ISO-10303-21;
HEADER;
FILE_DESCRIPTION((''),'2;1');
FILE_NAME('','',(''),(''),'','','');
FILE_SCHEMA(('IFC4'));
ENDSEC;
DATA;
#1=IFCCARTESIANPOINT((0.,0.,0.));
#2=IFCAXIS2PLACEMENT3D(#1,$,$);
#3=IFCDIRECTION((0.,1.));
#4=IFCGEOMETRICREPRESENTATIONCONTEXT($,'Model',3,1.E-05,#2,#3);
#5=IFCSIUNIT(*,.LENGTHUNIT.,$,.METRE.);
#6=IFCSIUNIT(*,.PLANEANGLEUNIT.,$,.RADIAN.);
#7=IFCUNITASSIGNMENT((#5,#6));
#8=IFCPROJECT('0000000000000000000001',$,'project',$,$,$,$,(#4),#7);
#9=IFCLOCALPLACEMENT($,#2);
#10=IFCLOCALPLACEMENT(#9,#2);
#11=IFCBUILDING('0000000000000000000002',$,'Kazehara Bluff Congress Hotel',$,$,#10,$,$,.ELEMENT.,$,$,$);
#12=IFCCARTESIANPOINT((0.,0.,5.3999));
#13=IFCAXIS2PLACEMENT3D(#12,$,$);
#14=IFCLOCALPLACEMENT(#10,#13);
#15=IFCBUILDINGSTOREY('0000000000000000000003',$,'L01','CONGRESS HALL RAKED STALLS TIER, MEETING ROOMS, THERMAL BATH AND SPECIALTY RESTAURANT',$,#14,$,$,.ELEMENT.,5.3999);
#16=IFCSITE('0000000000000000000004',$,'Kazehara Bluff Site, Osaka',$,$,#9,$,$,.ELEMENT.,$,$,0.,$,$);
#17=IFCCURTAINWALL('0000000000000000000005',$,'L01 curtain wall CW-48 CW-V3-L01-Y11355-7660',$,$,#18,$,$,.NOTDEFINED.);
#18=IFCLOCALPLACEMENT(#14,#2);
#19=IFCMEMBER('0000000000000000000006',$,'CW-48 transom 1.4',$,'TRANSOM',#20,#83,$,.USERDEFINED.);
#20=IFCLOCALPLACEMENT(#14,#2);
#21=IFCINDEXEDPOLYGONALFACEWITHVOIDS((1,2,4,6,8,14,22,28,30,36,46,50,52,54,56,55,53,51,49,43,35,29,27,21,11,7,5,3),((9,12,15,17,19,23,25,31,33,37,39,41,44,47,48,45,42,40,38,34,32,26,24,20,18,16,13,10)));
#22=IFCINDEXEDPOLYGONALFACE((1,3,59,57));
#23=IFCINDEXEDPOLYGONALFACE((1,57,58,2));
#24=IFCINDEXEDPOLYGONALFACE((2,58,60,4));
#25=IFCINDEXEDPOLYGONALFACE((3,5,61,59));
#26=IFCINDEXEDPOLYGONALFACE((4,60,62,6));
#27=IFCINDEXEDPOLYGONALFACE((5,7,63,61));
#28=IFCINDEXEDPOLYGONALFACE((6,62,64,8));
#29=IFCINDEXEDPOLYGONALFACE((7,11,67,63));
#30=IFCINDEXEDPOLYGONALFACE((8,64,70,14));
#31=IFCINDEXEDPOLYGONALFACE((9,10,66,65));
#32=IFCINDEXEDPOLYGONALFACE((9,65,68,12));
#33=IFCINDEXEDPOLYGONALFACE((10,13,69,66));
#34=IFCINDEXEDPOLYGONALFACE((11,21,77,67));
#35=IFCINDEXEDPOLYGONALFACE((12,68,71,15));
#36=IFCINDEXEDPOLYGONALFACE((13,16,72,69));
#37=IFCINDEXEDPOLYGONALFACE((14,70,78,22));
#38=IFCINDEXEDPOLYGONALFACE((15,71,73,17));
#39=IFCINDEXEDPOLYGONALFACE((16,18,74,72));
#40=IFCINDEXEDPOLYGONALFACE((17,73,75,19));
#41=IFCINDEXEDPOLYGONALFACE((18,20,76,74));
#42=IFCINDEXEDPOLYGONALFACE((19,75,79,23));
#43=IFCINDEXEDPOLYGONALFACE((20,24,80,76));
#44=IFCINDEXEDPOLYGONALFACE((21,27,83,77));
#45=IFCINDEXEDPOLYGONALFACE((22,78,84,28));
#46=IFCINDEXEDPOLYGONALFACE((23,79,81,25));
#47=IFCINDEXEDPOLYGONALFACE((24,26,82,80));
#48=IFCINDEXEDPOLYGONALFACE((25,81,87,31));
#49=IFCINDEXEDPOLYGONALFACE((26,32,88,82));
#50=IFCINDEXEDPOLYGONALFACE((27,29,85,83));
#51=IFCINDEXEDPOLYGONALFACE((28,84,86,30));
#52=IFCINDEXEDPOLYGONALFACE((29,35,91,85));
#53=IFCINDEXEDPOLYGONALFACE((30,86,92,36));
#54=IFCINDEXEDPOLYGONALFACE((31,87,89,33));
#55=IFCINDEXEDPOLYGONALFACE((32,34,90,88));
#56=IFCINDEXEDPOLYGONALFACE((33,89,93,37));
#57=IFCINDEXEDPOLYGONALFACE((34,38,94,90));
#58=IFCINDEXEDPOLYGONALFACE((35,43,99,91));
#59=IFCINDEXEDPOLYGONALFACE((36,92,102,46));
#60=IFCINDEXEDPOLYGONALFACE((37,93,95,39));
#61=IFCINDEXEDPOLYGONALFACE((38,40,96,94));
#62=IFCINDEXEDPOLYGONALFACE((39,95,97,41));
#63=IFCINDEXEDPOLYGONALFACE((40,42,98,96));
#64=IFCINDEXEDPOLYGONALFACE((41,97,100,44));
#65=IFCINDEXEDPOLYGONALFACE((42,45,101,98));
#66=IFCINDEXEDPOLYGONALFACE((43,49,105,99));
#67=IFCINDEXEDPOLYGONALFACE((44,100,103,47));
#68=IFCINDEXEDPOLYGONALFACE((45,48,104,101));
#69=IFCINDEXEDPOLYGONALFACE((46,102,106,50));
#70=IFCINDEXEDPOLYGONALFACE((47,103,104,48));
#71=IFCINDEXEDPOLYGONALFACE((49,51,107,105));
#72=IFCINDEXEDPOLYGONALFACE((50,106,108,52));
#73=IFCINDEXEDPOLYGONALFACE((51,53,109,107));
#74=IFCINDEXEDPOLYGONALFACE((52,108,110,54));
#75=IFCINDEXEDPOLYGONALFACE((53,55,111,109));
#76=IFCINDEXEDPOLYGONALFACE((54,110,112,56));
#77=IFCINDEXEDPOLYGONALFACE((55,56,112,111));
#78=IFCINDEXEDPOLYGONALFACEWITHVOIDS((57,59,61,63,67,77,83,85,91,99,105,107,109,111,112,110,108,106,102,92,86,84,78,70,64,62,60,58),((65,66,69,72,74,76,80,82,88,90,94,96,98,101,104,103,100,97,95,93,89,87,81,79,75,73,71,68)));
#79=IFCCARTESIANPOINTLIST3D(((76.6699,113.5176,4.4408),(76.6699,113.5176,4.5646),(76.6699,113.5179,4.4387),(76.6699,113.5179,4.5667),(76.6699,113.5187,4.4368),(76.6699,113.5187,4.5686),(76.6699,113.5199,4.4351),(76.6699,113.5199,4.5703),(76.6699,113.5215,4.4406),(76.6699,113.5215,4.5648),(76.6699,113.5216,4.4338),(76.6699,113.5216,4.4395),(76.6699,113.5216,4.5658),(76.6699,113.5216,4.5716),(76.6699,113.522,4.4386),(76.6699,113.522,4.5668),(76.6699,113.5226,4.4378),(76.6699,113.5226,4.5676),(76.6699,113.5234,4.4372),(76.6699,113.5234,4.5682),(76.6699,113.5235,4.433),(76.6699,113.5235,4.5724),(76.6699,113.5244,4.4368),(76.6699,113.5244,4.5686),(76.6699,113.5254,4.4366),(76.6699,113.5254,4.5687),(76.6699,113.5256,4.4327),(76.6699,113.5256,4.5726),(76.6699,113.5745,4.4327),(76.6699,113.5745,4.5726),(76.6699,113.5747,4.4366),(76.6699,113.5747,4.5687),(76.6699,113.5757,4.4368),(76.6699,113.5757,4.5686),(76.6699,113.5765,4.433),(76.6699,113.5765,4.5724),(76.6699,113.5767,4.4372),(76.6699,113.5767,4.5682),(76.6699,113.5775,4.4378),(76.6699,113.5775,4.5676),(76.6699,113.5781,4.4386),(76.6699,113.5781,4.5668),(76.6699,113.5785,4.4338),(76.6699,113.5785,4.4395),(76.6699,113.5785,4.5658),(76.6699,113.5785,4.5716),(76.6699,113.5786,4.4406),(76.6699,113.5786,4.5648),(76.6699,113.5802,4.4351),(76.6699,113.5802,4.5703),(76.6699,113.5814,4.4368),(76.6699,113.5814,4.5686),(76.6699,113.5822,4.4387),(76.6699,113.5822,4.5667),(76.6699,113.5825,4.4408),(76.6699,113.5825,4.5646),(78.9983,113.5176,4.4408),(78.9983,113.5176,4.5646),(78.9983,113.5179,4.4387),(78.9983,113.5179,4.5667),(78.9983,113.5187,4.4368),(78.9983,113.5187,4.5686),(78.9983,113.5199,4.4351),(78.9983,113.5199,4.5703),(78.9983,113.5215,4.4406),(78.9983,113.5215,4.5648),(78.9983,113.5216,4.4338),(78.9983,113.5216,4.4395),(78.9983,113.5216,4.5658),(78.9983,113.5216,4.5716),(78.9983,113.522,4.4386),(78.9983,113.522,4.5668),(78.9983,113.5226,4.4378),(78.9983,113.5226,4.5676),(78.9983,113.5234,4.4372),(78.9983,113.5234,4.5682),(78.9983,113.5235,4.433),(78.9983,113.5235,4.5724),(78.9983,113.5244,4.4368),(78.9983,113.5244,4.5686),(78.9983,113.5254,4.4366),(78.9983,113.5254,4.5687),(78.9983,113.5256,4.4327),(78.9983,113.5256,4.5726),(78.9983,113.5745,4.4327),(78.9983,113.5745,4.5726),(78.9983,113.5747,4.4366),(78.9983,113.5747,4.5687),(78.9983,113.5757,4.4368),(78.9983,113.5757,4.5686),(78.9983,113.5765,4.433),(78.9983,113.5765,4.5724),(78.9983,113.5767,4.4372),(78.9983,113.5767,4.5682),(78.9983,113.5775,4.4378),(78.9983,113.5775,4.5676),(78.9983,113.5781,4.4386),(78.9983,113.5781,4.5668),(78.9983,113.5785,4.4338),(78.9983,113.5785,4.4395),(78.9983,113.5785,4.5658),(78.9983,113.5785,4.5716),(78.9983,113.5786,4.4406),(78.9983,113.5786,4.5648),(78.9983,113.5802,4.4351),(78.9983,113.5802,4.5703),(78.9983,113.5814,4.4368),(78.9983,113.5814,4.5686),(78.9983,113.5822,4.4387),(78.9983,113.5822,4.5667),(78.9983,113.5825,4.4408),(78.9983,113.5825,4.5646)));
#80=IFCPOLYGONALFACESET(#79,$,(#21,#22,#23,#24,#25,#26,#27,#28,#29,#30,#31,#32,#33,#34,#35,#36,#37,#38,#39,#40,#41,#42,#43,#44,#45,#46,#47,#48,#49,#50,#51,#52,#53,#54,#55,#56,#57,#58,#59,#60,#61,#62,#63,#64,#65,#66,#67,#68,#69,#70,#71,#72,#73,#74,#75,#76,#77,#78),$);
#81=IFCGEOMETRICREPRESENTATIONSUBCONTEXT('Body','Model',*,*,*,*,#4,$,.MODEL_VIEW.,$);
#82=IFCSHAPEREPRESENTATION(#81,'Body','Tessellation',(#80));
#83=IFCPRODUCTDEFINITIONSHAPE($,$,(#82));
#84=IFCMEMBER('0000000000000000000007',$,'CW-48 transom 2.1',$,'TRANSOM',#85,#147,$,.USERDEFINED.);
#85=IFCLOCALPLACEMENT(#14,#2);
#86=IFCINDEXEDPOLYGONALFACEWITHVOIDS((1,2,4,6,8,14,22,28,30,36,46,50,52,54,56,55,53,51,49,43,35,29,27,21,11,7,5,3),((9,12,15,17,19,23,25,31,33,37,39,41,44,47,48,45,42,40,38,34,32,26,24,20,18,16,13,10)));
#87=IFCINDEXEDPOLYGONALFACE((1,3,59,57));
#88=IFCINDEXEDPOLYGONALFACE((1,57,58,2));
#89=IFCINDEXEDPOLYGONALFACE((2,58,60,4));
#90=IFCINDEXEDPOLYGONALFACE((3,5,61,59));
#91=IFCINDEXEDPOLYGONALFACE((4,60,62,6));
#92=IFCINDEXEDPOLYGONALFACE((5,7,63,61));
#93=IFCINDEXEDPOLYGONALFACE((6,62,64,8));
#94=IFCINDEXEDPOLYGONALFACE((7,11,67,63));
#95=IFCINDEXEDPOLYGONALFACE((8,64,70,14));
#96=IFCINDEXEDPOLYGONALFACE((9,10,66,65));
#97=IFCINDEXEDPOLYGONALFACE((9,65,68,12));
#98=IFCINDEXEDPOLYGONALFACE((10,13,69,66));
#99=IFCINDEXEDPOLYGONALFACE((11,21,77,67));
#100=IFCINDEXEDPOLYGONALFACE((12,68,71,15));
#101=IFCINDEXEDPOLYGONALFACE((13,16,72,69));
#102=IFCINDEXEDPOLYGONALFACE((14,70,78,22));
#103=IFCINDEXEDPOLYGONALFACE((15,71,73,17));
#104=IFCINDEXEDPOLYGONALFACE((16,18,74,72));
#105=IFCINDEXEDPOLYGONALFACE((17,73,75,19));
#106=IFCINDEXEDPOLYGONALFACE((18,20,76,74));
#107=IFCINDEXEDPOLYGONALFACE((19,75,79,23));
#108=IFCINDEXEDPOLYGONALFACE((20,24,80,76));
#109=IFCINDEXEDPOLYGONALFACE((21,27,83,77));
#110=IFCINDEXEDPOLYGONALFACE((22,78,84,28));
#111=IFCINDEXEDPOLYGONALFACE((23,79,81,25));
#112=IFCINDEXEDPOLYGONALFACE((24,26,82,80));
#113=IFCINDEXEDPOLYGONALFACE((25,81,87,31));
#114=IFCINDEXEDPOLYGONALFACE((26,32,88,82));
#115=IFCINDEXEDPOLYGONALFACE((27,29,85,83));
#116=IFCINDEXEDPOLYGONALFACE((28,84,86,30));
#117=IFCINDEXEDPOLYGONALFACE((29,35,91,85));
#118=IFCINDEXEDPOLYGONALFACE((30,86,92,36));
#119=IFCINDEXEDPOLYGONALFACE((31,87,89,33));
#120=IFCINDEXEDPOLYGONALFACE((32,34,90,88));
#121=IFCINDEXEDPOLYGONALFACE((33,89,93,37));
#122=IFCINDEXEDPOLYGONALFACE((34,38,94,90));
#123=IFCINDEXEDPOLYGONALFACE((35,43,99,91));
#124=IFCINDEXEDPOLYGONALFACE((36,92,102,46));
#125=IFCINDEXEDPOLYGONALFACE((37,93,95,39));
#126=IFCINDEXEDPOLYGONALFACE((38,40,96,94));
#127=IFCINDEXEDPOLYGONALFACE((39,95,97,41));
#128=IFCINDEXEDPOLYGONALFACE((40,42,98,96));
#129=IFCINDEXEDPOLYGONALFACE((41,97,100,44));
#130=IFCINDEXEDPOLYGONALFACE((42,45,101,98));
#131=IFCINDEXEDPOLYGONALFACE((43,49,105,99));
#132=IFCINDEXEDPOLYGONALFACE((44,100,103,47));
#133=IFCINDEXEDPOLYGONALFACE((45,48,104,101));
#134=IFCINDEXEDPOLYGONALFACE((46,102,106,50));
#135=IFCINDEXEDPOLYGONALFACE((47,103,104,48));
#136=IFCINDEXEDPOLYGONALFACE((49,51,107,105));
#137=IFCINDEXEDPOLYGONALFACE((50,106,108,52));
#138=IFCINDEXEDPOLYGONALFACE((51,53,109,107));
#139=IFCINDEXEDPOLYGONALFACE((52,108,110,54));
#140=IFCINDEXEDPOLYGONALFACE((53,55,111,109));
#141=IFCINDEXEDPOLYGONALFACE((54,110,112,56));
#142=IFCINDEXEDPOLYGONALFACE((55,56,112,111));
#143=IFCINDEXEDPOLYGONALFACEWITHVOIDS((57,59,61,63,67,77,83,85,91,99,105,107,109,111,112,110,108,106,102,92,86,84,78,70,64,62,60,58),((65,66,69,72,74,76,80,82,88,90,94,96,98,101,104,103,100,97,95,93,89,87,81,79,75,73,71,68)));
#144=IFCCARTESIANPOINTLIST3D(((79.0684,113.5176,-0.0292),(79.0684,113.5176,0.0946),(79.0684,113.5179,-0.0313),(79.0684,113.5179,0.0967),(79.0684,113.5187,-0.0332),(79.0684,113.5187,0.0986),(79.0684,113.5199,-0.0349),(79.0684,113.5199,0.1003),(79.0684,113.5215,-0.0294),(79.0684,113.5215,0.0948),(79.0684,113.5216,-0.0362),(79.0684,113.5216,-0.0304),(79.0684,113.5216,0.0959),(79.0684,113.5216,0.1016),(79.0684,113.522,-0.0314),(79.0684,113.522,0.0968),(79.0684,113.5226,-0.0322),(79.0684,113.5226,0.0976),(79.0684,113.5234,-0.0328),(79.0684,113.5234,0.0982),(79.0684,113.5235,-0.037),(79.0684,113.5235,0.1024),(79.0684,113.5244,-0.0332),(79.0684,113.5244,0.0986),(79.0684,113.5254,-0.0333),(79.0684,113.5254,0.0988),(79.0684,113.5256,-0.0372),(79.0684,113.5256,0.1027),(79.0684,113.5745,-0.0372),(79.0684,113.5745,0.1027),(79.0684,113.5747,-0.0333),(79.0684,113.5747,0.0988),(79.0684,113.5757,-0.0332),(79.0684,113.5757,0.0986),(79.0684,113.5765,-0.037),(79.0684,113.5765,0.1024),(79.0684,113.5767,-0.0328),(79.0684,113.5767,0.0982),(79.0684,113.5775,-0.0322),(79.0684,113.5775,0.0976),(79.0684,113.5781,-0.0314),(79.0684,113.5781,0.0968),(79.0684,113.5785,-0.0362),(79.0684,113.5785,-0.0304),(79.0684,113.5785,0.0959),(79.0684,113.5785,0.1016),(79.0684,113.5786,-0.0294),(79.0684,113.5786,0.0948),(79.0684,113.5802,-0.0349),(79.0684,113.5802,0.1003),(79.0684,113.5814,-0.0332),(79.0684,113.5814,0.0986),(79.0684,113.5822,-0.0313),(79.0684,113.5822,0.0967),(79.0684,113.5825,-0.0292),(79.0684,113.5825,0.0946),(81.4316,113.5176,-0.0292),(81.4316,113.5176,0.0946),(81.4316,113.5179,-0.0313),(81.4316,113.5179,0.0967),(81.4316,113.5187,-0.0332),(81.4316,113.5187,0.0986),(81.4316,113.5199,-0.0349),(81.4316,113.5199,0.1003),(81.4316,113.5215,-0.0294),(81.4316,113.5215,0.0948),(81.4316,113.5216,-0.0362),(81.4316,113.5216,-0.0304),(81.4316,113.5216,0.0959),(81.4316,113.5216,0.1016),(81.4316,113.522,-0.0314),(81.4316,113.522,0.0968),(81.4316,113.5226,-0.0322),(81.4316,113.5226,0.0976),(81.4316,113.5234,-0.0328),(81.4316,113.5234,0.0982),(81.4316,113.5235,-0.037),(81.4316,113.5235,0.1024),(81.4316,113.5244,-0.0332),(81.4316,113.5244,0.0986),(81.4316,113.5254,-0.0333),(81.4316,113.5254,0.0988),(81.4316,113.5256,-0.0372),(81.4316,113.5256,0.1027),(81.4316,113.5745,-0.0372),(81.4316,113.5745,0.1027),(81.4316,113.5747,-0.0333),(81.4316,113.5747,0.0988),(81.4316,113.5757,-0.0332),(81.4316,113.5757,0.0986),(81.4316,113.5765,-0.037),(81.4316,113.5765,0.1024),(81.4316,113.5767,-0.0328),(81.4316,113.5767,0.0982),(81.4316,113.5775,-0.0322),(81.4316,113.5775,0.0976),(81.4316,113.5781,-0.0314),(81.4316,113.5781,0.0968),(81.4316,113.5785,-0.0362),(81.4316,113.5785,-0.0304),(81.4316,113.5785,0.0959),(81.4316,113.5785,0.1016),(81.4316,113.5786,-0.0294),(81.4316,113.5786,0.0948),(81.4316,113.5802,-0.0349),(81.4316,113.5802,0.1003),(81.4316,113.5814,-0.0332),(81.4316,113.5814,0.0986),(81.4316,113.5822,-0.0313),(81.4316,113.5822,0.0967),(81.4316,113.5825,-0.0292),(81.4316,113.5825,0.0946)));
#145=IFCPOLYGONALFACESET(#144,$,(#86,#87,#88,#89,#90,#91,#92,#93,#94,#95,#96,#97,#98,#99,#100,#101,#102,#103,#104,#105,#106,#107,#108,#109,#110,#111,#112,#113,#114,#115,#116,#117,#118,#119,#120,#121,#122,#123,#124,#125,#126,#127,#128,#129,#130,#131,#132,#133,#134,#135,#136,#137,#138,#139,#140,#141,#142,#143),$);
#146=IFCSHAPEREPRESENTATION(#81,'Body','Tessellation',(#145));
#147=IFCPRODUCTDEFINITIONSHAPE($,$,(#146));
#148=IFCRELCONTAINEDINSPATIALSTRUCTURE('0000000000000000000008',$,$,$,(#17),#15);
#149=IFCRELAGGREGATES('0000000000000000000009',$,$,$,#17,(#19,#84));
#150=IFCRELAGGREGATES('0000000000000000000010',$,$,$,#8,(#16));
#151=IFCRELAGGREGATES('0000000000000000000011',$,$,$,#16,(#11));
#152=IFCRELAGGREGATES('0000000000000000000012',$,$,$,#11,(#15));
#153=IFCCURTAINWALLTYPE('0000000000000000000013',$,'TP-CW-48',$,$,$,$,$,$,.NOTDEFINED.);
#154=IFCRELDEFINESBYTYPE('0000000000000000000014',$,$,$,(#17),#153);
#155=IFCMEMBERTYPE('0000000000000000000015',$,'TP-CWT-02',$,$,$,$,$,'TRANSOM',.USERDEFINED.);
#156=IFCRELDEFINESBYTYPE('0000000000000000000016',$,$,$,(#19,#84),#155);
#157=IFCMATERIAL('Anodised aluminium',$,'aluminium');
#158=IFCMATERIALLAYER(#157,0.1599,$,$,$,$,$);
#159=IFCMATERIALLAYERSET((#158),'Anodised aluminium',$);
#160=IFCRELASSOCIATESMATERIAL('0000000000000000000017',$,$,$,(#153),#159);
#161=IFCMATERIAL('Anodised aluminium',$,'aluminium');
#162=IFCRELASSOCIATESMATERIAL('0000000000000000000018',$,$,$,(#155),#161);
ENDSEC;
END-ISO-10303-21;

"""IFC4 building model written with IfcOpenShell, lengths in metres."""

from ifc_helpers import new_model, si_unit, direction, frame, origin, origin_2d, place, context, subcontext, project, spatial, hollow_rectangle, extrude, material, layer, layer_set, material_profile, profile_set, type_object, element, aggregate, save


model = new_model("IFC4")

# Units and contexts
model_context = context("Model", 3, precision=1e-05, world=origin(), true_north=direction((0.0, 1.0)))
body_context = subcontext(model_context, "Body", "Model", "MODEL_VIEW")
ifc_project = project(units=[si_unit("LENGTHUNIT", "METRE"), si_unit("PLANEANGLEUNIT", "RADIAN")], contexts=[model_context])

# Site, building, storey
site_placement = place(None, origin())
site = spatial("IfcSite", under=ifc_project, at=site_placement, Name="Kazehara Bluff Site, Osaka", CompositionType="ELEMENT", RefElevation=0.0)
building_placement = place(site_placement, origin())
building = spatial("IfcBuilding", under=site, at=building_placement, Name="Kazehara Bluff Congress Hotel", CompositionType="ELEMENT")
storey_placement = place(building_placement, frame((0.0, 0.0, 5.3999)))
storey = spatial("IfcBuildingStorey", under=building, at=storey_placement, Name="L01", Description="CONGRESS HALL RAKED STALLS TIER, MEETING ROOMS, THERMAL BATH AND SPECIALTY RESTAURANT", CompositionType="ELEMENT", Elevation=5.3999)

# Curtain wall
ifc_material_1 = material(Name="Anodised aluminium", Category="aluminium")
ifc_layer_1 = layer(ifc_material_1, 0.1599)
ifc_layer_set_1 = layer_set([ifc_layer_1], Name="Anodised aluminium")
curtain_wall_type_1 = type_object("IfcCurtainWallType", Name="TP-CW-48", PredefinedType="NOTDEFINED", material=ifc_layer_set_1)
curtain_wall_1_placement = place(storey_placement, origin())
curtain_wall_1 = element("IfcCurtainWall", 1, at=curtain_wall_1_placement, inside=storey, type_object=curtain_wall_type_1, Name="L01 curtain wall CW-48 CW-V3-L01-Y11355-7660", PredefinedType="NOTDEFINED")

# Members
ifc_material_2 = material(Name="Anodised aluminium", Category="aluminium")
ifc_material_profile_1 = material_profile(ifc_material_2, hollow_rectangle(XDim=0.0649, YDim=0.1399, WallThickness=0.0039, InnerFilletRadius=0.0039, OuterFilletRadius=0.0081, at=origin_2d()))
ifc_profile_set_1 = profile_set([ifc_material_profile_1], Name="Anodised aluminium")
member_type_1 = type_object("IfcMemberType", Name="TP-CWT-02", ElementType="TRANSOM", PredefinedType="USERDEFINED", material=ifc_profile_set_1)
member_1_placement = place(storey_placement, frame((76.6699, 113.55, 4.5027), z_axis=(1.0, 0.0, 0.0), x_axis=(0.0, 1.0, 0.0)))
member_1 = element("IfcMember", 2, at=member_1_placement, type_object=member_type_1, Name="CW-48 transom 1.4", ObjectType="TRANSOM", PredefinedType="USERDEFINED", context=body_context, shape_type="SweptSolid", body=[
    extrude(hollow_rectangle(XDim=0.0649, YDim=0.1399, WallThickness=0.0039, InnerFilletRadius=0.0039, OuterFilletRadius=0.0081, at=origin_2d()), origin(), (0.0, 0.0, 1.0), 2.3284),
])
member_2_placement = place(storey_placement, frame((79.0684, 113.55, 0.0327), z_axis=(1.0, 0.0, 0.0), x_axis=(0.0, 1.0, 0.0)))
member_2 = element("IfcMember", 3, at=member_2_placement, type_object=member_type_1, Name="CW-48 transom 2.1", ObjectType="TRANSOM", PredefinedType="USERDEFINED", context=body_context, shape_type="SweptSolid", body=[
    extrude(hollow_rectangle(XDim=0.0649, YDim=0.1399, WallThickness=0.0039, InnerFilletRadius=0.0039, OuterFilletRadius=0.0081, at=origin_2d()), origin(), (0.0, 0.0, 1.0), 2.3633),
])

aggregate(curtain_wall_1, [member_1, member_2])

save(model, "model.ifc")
